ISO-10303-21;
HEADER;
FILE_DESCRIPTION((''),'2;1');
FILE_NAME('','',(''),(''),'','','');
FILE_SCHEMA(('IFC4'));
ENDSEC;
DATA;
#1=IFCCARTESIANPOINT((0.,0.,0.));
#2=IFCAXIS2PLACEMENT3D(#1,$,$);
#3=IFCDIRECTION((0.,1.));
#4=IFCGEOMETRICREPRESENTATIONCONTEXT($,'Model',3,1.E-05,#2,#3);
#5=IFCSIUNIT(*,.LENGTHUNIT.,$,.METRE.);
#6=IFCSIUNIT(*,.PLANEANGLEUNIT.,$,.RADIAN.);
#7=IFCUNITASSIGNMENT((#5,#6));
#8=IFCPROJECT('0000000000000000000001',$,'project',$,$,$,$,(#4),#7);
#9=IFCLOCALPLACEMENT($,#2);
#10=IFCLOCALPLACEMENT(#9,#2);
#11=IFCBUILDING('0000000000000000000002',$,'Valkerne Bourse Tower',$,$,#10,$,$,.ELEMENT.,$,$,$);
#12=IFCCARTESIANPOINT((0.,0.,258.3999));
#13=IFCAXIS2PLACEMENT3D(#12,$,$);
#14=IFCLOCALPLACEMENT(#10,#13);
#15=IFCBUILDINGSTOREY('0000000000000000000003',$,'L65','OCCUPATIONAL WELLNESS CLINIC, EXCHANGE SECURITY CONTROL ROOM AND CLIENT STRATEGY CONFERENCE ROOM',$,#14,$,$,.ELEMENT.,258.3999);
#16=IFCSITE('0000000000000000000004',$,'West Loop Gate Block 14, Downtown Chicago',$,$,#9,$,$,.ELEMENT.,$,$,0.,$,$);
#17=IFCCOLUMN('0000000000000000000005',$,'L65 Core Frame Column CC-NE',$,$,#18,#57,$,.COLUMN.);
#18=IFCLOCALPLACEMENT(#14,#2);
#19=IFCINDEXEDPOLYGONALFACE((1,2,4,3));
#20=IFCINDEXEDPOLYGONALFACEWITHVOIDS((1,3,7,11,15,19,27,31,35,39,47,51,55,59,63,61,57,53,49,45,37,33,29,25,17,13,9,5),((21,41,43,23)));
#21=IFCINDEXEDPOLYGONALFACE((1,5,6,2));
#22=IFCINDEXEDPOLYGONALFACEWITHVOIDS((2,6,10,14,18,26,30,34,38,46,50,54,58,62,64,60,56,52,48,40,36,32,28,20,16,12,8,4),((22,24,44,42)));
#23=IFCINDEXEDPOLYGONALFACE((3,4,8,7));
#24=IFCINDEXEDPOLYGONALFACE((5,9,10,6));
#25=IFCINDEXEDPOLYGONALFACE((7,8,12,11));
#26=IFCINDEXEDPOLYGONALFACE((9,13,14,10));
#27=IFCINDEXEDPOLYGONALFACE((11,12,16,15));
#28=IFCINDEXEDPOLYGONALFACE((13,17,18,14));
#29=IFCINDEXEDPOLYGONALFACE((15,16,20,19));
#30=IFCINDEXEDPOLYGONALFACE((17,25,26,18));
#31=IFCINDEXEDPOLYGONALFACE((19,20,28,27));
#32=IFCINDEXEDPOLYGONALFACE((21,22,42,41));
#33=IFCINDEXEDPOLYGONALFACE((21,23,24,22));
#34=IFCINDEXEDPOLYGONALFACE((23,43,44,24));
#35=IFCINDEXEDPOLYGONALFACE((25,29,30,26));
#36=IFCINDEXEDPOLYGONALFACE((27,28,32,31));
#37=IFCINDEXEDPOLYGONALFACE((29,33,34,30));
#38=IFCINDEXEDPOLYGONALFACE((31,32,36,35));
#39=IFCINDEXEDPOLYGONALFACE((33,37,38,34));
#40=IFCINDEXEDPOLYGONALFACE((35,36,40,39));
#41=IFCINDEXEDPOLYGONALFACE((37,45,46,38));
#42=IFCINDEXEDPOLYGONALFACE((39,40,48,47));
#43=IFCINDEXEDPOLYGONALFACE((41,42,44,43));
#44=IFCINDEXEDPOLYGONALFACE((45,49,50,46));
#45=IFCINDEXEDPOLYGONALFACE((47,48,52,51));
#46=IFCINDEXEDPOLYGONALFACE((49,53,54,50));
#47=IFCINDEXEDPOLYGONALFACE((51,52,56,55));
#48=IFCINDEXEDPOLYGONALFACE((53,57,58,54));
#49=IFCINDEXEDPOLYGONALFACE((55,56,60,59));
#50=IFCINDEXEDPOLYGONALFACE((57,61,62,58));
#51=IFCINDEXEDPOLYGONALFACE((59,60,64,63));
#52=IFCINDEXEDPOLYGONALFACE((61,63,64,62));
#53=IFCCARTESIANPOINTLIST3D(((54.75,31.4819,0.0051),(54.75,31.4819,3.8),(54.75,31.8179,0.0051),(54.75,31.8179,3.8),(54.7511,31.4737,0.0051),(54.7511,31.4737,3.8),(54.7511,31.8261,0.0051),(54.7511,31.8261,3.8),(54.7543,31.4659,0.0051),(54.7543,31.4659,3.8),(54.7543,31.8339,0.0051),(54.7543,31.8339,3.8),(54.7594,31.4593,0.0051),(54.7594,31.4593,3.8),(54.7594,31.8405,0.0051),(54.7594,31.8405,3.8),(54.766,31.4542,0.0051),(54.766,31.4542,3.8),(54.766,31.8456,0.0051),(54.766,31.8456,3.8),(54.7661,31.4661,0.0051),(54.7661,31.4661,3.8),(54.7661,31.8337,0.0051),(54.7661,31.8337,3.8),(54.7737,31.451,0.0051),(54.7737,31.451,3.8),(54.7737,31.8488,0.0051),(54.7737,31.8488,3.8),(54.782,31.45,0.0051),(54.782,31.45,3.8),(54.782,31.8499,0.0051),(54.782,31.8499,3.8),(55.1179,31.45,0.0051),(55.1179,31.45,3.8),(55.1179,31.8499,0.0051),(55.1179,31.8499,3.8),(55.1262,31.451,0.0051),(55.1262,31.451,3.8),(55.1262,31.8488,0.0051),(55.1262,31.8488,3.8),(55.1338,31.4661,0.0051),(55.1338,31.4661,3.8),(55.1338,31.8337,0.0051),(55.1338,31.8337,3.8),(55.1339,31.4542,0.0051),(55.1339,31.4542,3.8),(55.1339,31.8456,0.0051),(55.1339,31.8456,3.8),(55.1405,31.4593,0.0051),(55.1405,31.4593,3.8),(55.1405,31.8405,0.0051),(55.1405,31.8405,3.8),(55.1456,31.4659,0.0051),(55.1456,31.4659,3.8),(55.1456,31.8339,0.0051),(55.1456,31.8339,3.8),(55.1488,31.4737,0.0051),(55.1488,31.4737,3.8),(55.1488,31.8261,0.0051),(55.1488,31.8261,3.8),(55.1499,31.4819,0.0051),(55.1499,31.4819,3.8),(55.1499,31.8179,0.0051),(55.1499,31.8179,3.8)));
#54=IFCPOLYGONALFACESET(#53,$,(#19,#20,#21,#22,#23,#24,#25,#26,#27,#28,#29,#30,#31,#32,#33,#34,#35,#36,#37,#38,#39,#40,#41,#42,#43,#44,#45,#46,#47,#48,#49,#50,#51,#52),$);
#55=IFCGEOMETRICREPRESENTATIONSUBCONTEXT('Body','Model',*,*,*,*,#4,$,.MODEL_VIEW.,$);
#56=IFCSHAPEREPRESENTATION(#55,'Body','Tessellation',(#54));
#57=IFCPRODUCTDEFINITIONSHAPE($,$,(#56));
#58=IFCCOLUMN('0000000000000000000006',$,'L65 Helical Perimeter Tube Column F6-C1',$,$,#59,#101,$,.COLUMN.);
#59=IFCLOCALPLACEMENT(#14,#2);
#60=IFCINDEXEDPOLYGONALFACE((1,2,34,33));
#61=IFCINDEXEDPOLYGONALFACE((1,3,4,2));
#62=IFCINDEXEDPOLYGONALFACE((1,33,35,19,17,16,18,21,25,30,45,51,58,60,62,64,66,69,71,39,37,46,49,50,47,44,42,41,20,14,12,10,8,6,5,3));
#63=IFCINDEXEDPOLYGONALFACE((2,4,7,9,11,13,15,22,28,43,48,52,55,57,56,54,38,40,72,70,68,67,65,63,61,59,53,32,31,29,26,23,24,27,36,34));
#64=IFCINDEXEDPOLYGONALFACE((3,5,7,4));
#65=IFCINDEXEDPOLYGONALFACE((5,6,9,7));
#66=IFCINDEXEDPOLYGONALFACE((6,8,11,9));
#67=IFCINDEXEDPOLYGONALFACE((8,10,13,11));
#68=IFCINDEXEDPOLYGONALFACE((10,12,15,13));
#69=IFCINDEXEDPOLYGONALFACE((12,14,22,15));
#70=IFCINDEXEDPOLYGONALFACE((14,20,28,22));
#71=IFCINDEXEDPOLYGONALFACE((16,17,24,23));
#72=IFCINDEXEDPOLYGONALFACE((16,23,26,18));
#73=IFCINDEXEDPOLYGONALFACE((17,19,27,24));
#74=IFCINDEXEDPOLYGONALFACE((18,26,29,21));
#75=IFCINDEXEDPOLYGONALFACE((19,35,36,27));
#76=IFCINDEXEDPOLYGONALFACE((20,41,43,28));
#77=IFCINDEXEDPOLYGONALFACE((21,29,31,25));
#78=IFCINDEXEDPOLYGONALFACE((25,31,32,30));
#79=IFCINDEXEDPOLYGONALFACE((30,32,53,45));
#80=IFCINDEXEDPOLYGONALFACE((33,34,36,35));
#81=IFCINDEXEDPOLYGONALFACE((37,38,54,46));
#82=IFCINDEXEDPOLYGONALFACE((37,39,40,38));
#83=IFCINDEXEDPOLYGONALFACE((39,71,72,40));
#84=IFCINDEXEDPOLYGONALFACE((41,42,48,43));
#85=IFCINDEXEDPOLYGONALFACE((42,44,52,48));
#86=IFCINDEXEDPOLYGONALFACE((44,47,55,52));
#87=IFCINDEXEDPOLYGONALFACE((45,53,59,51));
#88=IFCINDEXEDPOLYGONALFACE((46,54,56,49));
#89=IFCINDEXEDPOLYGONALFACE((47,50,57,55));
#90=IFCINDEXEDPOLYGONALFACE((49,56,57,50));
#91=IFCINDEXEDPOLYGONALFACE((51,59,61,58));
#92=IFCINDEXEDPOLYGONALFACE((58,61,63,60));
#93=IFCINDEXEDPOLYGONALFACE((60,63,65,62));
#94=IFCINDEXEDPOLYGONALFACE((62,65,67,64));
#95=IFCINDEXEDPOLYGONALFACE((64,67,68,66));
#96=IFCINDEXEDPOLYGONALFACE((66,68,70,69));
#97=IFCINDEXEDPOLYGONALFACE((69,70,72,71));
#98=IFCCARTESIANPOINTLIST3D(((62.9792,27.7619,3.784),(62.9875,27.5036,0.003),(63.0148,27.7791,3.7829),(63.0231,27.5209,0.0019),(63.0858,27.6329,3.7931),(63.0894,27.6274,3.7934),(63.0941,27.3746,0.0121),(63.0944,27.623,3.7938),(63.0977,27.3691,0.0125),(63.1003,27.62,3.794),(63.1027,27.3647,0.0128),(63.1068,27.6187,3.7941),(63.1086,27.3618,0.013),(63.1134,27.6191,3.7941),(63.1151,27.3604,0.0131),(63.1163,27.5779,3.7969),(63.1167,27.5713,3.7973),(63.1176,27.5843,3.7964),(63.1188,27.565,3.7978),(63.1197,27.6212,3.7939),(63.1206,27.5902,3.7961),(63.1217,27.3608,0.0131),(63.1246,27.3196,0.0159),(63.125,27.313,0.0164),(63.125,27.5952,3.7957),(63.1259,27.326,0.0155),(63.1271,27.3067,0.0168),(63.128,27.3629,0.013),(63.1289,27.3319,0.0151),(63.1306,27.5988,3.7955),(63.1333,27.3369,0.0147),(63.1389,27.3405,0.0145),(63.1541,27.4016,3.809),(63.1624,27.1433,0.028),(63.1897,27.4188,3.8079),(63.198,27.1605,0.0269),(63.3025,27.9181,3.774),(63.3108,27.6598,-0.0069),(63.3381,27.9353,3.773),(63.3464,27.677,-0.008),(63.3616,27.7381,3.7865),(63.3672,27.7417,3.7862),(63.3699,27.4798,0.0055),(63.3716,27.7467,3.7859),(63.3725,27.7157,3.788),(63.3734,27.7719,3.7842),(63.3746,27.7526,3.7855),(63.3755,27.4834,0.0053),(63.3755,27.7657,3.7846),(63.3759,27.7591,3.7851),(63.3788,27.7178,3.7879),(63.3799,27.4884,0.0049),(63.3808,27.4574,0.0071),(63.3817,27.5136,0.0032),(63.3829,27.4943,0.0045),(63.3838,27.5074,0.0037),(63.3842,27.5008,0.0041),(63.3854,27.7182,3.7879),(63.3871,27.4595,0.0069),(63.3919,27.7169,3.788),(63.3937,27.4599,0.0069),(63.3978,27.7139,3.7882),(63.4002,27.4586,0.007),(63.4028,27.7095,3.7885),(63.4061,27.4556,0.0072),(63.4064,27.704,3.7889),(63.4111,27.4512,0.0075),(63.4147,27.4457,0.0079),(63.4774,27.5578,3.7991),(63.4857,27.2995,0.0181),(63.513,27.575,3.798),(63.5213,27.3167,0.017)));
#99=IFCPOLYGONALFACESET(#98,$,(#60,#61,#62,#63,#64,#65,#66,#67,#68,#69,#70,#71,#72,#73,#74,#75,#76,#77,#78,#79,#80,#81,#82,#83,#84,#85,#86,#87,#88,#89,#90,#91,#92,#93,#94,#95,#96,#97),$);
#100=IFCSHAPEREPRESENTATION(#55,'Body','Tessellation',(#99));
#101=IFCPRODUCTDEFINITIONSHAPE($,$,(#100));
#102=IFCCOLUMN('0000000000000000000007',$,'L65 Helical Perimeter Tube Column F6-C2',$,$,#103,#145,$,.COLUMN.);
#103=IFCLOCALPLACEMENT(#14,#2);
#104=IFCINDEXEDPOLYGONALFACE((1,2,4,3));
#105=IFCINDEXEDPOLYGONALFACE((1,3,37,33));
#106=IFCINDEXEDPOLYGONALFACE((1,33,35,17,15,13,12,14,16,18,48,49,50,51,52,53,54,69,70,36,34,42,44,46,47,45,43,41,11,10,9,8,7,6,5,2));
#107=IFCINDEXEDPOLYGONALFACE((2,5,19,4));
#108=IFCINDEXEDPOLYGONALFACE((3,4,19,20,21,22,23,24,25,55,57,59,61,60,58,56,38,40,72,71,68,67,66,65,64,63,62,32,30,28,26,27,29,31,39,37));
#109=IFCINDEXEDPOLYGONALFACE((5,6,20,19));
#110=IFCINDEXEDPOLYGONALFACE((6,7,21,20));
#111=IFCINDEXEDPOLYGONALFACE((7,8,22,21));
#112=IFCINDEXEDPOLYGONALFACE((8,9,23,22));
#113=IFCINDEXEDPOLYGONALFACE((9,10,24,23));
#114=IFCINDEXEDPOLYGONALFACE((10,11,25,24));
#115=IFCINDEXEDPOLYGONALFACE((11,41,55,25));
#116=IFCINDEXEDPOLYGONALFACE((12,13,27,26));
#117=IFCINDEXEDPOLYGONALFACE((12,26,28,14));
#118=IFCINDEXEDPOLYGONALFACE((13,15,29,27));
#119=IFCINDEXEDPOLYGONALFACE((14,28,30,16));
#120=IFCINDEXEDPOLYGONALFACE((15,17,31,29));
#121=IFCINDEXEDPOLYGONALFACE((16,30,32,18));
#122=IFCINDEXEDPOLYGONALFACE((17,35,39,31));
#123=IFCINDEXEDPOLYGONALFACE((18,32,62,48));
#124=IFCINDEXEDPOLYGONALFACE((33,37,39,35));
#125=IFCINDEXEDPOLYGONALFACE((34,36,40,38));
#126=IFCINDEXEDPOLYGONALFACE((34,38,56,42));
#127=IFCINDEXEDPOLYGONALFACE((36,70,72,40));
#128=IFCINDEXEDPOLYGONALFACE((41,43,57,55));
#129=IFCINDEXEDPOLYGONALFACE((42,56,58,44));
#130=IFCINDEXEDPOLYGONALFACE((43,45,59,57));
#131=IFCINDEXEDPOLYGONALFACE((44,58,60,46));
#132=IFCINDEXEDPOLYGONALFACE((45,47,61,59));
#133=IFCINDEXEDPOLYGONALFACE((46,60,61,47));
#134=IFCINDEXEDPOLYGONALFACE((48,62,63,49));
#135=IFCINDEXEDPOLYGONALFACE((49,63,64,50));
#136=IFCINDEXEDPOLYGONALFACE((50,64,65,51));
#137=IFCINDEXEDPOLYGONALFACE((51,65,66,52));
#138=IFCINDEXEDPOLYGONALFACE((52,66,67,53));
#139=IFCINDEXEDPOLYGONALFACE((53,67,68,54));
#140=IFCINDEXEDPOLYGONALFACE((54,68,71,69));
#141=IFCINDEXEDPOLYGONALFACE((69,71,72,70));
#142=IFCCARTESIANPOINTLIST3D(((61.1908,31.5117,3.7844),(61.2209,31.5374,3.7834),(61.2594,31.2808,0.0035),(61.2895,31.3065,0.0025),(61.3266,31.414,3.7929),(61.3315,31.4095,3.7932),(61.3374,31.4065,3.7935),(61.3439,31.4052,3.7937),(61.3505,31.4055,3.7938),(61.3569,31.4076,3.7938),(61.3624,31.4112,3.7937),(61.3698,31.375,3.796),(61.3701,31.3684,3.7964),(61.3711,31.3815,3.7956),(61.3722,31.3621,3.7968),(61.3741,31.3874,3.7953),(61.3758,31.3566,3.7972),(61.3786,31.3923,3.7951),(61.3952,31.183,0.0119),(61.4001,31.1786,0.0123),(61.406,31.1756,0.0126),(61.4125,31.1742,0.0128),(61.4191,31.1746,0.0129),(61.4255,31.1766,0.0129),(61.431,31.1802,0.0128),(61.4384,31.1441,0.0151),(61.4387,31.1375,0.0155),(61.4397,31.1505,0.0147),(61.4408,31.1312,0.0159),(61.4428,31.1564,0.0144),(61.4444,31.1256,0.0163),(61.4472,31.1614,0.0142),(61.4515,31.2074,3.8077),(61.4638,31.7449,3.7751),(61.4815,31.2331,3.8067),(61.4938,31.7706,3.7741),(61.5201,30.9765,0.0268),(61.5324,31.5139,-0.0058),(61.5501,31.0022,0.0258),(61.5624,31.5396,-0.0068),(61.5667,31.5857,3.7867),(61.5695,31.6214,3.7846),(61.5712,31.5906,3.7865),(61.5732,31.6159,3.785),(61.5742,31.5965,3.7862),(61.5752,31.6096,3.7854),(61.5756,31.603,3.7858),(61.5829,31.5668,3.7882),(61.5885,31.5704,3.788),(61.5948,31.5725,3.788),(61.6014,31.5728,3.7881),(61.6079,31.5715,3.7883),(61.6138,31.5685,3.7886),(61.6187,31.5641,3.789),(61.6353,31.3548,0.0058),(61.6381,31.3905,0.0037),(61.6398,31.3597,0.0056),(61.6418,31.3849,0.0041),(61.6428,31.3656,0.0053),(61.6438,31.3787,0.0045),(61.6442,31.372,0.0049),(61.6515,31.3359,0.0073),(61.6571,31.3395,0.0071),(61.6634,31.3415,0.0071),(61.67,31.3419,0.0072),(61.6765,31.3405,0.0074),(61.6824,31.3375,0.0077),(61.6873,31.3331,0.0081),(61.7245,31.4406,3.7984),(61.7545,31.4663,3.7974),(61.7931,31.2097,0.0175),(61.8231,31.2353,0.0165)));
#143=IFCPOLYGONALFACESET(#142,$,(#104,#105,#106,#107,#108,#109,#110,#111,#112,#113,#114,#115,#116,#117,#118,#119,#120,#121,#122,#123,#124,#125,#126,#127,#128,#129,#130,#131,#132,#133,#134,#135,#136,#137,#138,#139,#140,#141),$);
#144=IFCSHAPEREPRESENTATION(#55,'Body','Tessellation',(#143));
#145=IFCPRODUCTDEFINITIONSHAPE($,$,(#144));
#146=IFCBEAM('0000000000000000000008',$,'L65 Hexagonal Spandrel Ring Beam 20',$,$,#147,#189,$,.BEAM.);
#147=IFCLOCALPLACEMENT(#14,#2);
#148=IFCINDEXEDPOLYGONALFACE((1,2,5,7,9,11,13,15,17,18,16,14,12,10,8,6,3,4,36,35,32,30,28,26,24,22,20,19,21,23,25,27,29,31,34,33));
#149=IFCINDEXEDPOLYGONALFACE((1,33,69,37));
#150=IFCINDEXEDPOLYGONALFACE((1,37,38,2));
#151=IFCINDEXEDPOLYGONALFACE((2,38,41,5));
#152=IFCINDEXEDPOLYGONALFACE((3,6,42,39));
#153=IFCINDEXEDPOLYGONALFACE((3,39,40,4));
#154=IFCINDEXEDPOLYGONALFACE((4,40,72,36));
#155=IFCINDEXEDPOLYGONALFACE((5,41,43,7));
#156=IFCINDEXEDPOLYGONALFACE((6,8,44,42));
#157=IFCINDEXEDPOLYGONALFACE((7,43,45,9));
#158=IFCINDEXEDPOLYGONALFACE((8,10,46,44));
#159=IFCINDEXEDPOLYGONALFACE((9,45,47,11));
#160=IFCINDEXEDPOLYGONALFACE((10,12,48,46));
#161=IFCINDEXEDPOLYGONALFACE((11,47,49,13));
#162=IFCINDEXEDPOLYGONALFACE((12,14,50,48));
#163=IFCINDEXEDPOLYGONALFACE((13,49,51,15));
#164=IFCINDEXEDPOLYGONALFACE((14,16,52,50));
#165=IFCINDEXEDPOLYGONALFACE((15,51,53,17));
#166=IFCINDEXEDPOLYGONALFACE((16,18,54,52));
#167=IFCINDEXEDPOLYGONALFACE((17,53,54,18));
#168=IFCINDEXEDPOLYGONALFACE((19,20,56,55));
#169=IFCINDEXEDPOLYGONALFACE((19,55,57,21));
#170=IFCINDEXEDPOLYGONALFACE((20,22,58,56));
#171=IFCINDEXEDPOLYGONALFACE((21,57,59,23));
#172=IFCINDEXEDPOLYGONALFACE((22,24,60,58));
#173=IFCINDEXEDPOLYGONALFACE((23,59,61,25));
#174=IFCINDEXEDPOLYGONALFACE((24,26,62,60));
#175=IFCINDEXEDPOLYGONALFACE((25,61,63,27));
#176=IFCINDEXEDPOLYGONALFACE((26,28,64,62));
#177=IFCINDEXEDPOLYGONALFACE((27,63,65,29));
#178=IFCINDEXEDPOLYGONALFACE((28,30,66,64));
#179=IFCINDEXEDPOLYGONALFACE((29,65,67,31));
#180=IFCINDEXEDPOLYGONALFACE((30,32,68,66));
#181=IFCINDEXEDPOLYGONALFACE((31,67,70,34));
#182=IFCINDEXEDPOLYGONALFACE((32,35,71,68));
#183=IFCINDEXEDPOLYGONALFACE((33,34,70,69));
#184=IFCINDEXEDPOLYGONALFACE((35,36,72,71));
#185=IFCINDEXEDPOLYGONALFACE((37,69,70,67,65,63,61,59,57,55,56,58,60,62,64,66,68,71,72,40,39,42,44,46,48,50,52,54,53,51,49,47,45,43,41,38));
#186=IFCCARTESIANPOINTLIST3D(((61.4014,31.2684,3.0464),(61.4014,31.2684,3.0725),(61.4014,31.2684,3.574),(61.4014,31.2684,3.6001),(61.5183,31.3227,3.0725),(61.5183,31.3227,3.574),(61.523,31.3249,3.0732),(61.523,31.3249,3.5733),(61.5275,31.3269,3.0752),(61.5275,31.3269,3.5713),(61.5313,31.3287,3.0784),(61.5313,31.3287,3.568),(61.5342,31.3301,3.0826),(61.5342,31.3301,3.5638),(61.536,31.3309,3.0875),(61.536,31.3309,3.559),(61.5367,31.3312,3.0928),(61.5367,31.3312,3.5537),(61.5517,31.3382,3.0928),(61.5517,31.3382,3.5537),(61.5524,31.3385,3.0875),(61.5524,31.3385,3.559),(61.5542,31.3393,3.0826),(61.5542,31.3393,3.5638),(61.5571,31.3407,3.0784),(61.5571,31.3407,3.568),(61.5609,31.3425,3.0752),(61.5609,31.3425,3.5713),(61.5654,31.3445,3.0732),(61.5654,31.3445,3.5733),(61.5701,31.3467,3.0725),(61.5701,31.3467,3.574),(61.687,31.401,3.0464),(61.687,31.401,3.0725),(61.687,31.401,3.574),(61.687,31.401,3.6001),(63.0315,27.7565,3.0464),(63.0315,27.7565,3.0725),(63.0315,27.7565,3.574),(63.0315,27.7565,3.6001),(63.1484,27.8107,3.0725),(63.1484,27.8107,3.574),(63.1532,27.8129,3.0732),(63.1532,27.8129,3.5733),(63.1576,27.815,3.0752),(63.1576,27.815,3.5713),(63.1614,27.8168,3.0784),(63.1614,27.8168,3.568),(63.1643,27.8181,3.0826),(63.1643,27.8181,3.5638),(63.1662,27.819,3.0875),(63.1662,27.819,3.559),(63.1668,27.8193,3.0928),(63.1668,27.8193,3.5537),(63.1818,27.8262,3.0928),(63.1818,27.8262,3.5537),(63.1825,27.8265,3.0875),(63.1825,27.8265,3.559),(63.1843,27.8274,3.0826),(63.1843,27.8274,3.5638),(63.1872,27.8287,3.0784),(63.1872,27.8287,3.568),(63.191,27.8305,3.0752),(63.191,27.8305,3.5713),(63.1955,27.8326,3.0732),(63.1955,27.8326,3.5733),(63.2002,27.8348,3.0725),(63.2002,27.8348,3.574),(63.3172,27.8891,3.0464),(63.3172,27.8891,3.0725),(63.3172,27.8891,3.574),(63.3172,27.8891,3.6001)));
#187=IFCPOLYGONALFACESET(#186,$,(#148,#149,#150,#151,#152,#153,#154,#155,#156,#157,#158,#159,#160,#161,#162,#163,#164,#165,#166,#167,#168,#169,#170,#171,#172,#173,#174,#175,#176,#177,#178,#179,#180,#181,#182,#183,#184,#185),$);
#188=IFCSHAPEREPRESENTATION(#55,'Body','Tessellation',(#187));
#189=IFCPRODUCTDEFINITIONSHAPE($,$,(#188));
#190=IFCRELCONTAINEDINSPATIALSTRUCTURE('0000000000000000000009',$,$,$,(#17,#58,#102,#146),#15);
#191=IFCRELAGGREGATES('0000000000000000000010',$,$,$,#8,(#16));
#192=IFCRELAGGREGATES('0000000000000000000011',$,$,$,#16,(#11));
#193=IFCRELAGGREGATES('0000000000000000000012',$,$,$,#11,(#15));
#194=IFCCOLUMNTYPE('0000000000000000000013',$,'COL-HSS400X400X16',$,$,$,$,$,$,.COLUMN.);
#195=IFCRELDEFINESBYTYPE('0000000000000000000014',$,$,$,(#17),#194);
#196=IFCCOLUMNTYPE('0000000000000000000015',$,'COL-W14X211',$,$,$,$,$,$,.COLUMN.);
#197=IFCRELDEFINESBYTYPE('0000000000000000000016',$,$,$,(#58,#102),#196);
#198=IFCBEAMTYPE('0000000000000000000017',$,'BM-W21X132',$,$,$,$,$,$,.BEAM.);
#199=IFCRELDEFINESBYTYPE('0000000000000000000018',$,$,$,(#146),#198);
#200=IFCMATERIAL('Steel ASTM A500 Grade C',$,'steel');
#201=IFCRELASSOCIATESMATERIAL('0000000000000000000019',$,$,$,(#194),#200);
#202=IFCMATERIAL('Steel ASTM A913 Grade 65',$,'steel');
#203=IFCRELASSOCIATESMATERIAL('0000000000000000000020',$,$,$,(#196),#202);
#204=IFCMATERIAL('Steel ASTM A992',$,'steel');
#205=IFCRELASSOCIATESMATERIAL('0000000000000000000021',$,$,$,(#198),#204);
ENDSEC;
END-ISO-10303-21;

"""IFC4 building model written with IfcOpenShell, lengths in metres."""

from ifc_helpers import new_model, si_unit, direction, frame, origin, origin_2d, place, context, subcontext, project, spatial, hollow_rectangle, i_section, extrude, material, material_profile, profile_set, type_object, element, save


model = new_model("IFC4")

# Units and contexts
model_context = context("Model", 3, precision=1e-05, world=origin(), true_north=direction((0.0, 1.0)))
body_context = subcontext(model_context, "Body", "Model", "MODEL_VIEW")
ifc_project = project(units=[si_unit("LENGTHUNIT", "METRE"), si_unit("PLANEANGLEUNIT", "RADIAN")], contexts=[model_context])

# Site, building, storey
site_placement = place(None, origin())
site = spatial("IfcSite", under=ifc_project, at=site_placement, Name="West Loop Gate Block 14, Downtown Chicago", CompositionType="ELEMENT", RefElevation=0.0)
building_placement = place(site_placement, origin())
building = spatial("IfcBuilding", under=site, at=building_placement, Name="Valkerne Bourse Tower", CompositionType="ELEMENT")
storey_placement = place(building_placement, frame((0.0, 0.0, 258.3999)))
storey = spatial("IfcBuildingStorey", under=building, at=storey_placement, Name="L65", Description="OCCUPATIONAL WELLNESS CLINIC, EXCHANGE SECURITY CONTROL ROOM AND CLIENT STRATEGY CONFERENCE ROOM", CompositionType="ELEMENT", Elevation=258.3999)

# Columns
ifc_material_1 = material(Name="Steel ASTM A500 Grade C", Category="steel")
ifc_material_profile_1 = material_profile(ifc_material_1, hollow_rectangle(XDim=0.3999, YDim=0.3999, WallThickness=0.0161, OuterFilletRadius=0.032, at=origin_2d()), Name="HSS400X400X16")
ifc_profile_set_1 = profile_set([ifc_material_profile_1], Name="Steel ASTM A500 Grade C")
column_type_1 = type_object("IfcColumnType", Name="COL-HSS400X400X16", PredefinedType="COLUMN", material=ifc_profile_set_1)
column_1_placement = place(storey_placement, frame((54.95, 31.6499, 0.0051), z_axis=(0.0, 0.0, 1.0), x_axis=(1.0, 0.0, 0.0)))
element("IfcColumn", 1, at=column_1_placement, inside=storey, type_object=column_type_1, Name="L65 Core Frame Column CC-NE", PredefinedType="COLUMN", context=body_context, shape_type="SweptSolid", body=[
    extrude(hollow_rectangle(XDim=0.3999, YDim=0.3999, WallThickness=0.0161, OuterFilletRadius=0.032, at=origin_2d()), origin(), (0.0, 0.0, 1.0), 3.7949),
])
ifc_material_2 = material(Name="Steel ASTM A913 Grade 65", Category="steel")
ifc_material_profile_2 = material_profile(ifc_material_2, i_section(OverallWidth=0.4014, OverallDepth=0.3987, WebThickness=0.0249, FlangeThickness=0.0396, FilletRadius=0.0254, at=origin_2d()), Name="W14X211")
ifc_profile_set_2 = profile_set([ifc_material_profile_2], Name="Steel ASTM A913 Grade 65")
column_type_2 = type_object("IfcColumnType", Name="COL-W14X211", PredefinedType="COLUMN", material=ifc_profile_set_2)
column_2_placement = place(storey_placement, frame((63.2544, 27.4102, 0.01), z_axis=(-0.00219, 0.068156, 0.997672), x_axis=(0.435801, -0.897885, 0.062296)))
element("IfcColumn", 2, at=column_2_placement, inside=storey, type_object=column_type_2, Name="L65 Helical Perimeter Tube Column F6-C1", PredefinedType="COLUMN", context=body_context, shape_type="SweptSolid", body=[
    extrude(i_section(OverallWidth=0.4014, OverallDepth=0.3987, WebThickness=0.0249, FlangeThickness=0.0396, FilletRadius=0.0254, at=origin_2d()), origin(), (0.0, 0.0, 1.0), 3.7898),
])
column_3_placement = place(storey_placement, frame((61.5413, 31.2581, 0.01), z_axis=(-0.018108, 0.06096, 0.997976), x_axis=(0.649499, -0.75814, 0.058094)))
element("IfcColumn", 3, at=column_3_placement, inside=storey, type_object=column_type_2, Name="L65 Helical Perimeter Tube Column F6-C2", PredefinedType="COLUMN", context=body_context, shape_type="SweptSolid", body=[
    extrude(i_section(OverallWidth=0.4014, OverallDepth=0.3987, WebThickness=0.0249, FlangeThickness=0.0396, FilletRadius=0.0254, at=origin_2d()), origin(), (0.0, 0.0, 1.0), 3.7886),
])

# Beam
ifc_material_3 = material(Name="Steel ASTM A992", Category="steel")
ifc_material_profile_3 = material_profile(ifc_material_3, i_section(OverallWidth=0.3149, OverallDepth=0.5537, WebThickness=0.0166, FlangeThickness=0.0261, FilletRadius=0.0203, at=origin_2d()), Name="W21X132")
ifc_profile_set_3 = profile_set([ifc_material_profile_3], Name="Steel ASTM A992")
beam_type_1 = type_object("IfcBeamType", Name="BM-W21X132", PredefinedType="BEAM", material=ifc_profile_set_3)
for number, where, z_axis, x_axis, name in (
    (4, (63.1743, 27.8228, 3.3232), (-0.421021, 0.907051, 0.0), (-0.907051, -0.421021, 0.0), "L65 Hexagonal Spandrel Ring Beam 20"),
):
    element("IfcBeam", number, at=place(storey_placement, frame(where, z_axis=z_axis, x_axis=x_axis)), inside=storey, type_object=beam_type_1, Name=name, PredefinedType="BEAM", context=body_context, shape_type="SweptSolid", body=[
        extrude(i_section(OverallWidth=0.3149, OverallDepth=0.5537, WebThickness=0.0166, FlangeThickness=0.0261, FilletRadius=0.0203, at=origin_2d()), origin(), (0.0, 0.0, 1.0), 3.8718),
    ])

save(model, "model.ifc")
